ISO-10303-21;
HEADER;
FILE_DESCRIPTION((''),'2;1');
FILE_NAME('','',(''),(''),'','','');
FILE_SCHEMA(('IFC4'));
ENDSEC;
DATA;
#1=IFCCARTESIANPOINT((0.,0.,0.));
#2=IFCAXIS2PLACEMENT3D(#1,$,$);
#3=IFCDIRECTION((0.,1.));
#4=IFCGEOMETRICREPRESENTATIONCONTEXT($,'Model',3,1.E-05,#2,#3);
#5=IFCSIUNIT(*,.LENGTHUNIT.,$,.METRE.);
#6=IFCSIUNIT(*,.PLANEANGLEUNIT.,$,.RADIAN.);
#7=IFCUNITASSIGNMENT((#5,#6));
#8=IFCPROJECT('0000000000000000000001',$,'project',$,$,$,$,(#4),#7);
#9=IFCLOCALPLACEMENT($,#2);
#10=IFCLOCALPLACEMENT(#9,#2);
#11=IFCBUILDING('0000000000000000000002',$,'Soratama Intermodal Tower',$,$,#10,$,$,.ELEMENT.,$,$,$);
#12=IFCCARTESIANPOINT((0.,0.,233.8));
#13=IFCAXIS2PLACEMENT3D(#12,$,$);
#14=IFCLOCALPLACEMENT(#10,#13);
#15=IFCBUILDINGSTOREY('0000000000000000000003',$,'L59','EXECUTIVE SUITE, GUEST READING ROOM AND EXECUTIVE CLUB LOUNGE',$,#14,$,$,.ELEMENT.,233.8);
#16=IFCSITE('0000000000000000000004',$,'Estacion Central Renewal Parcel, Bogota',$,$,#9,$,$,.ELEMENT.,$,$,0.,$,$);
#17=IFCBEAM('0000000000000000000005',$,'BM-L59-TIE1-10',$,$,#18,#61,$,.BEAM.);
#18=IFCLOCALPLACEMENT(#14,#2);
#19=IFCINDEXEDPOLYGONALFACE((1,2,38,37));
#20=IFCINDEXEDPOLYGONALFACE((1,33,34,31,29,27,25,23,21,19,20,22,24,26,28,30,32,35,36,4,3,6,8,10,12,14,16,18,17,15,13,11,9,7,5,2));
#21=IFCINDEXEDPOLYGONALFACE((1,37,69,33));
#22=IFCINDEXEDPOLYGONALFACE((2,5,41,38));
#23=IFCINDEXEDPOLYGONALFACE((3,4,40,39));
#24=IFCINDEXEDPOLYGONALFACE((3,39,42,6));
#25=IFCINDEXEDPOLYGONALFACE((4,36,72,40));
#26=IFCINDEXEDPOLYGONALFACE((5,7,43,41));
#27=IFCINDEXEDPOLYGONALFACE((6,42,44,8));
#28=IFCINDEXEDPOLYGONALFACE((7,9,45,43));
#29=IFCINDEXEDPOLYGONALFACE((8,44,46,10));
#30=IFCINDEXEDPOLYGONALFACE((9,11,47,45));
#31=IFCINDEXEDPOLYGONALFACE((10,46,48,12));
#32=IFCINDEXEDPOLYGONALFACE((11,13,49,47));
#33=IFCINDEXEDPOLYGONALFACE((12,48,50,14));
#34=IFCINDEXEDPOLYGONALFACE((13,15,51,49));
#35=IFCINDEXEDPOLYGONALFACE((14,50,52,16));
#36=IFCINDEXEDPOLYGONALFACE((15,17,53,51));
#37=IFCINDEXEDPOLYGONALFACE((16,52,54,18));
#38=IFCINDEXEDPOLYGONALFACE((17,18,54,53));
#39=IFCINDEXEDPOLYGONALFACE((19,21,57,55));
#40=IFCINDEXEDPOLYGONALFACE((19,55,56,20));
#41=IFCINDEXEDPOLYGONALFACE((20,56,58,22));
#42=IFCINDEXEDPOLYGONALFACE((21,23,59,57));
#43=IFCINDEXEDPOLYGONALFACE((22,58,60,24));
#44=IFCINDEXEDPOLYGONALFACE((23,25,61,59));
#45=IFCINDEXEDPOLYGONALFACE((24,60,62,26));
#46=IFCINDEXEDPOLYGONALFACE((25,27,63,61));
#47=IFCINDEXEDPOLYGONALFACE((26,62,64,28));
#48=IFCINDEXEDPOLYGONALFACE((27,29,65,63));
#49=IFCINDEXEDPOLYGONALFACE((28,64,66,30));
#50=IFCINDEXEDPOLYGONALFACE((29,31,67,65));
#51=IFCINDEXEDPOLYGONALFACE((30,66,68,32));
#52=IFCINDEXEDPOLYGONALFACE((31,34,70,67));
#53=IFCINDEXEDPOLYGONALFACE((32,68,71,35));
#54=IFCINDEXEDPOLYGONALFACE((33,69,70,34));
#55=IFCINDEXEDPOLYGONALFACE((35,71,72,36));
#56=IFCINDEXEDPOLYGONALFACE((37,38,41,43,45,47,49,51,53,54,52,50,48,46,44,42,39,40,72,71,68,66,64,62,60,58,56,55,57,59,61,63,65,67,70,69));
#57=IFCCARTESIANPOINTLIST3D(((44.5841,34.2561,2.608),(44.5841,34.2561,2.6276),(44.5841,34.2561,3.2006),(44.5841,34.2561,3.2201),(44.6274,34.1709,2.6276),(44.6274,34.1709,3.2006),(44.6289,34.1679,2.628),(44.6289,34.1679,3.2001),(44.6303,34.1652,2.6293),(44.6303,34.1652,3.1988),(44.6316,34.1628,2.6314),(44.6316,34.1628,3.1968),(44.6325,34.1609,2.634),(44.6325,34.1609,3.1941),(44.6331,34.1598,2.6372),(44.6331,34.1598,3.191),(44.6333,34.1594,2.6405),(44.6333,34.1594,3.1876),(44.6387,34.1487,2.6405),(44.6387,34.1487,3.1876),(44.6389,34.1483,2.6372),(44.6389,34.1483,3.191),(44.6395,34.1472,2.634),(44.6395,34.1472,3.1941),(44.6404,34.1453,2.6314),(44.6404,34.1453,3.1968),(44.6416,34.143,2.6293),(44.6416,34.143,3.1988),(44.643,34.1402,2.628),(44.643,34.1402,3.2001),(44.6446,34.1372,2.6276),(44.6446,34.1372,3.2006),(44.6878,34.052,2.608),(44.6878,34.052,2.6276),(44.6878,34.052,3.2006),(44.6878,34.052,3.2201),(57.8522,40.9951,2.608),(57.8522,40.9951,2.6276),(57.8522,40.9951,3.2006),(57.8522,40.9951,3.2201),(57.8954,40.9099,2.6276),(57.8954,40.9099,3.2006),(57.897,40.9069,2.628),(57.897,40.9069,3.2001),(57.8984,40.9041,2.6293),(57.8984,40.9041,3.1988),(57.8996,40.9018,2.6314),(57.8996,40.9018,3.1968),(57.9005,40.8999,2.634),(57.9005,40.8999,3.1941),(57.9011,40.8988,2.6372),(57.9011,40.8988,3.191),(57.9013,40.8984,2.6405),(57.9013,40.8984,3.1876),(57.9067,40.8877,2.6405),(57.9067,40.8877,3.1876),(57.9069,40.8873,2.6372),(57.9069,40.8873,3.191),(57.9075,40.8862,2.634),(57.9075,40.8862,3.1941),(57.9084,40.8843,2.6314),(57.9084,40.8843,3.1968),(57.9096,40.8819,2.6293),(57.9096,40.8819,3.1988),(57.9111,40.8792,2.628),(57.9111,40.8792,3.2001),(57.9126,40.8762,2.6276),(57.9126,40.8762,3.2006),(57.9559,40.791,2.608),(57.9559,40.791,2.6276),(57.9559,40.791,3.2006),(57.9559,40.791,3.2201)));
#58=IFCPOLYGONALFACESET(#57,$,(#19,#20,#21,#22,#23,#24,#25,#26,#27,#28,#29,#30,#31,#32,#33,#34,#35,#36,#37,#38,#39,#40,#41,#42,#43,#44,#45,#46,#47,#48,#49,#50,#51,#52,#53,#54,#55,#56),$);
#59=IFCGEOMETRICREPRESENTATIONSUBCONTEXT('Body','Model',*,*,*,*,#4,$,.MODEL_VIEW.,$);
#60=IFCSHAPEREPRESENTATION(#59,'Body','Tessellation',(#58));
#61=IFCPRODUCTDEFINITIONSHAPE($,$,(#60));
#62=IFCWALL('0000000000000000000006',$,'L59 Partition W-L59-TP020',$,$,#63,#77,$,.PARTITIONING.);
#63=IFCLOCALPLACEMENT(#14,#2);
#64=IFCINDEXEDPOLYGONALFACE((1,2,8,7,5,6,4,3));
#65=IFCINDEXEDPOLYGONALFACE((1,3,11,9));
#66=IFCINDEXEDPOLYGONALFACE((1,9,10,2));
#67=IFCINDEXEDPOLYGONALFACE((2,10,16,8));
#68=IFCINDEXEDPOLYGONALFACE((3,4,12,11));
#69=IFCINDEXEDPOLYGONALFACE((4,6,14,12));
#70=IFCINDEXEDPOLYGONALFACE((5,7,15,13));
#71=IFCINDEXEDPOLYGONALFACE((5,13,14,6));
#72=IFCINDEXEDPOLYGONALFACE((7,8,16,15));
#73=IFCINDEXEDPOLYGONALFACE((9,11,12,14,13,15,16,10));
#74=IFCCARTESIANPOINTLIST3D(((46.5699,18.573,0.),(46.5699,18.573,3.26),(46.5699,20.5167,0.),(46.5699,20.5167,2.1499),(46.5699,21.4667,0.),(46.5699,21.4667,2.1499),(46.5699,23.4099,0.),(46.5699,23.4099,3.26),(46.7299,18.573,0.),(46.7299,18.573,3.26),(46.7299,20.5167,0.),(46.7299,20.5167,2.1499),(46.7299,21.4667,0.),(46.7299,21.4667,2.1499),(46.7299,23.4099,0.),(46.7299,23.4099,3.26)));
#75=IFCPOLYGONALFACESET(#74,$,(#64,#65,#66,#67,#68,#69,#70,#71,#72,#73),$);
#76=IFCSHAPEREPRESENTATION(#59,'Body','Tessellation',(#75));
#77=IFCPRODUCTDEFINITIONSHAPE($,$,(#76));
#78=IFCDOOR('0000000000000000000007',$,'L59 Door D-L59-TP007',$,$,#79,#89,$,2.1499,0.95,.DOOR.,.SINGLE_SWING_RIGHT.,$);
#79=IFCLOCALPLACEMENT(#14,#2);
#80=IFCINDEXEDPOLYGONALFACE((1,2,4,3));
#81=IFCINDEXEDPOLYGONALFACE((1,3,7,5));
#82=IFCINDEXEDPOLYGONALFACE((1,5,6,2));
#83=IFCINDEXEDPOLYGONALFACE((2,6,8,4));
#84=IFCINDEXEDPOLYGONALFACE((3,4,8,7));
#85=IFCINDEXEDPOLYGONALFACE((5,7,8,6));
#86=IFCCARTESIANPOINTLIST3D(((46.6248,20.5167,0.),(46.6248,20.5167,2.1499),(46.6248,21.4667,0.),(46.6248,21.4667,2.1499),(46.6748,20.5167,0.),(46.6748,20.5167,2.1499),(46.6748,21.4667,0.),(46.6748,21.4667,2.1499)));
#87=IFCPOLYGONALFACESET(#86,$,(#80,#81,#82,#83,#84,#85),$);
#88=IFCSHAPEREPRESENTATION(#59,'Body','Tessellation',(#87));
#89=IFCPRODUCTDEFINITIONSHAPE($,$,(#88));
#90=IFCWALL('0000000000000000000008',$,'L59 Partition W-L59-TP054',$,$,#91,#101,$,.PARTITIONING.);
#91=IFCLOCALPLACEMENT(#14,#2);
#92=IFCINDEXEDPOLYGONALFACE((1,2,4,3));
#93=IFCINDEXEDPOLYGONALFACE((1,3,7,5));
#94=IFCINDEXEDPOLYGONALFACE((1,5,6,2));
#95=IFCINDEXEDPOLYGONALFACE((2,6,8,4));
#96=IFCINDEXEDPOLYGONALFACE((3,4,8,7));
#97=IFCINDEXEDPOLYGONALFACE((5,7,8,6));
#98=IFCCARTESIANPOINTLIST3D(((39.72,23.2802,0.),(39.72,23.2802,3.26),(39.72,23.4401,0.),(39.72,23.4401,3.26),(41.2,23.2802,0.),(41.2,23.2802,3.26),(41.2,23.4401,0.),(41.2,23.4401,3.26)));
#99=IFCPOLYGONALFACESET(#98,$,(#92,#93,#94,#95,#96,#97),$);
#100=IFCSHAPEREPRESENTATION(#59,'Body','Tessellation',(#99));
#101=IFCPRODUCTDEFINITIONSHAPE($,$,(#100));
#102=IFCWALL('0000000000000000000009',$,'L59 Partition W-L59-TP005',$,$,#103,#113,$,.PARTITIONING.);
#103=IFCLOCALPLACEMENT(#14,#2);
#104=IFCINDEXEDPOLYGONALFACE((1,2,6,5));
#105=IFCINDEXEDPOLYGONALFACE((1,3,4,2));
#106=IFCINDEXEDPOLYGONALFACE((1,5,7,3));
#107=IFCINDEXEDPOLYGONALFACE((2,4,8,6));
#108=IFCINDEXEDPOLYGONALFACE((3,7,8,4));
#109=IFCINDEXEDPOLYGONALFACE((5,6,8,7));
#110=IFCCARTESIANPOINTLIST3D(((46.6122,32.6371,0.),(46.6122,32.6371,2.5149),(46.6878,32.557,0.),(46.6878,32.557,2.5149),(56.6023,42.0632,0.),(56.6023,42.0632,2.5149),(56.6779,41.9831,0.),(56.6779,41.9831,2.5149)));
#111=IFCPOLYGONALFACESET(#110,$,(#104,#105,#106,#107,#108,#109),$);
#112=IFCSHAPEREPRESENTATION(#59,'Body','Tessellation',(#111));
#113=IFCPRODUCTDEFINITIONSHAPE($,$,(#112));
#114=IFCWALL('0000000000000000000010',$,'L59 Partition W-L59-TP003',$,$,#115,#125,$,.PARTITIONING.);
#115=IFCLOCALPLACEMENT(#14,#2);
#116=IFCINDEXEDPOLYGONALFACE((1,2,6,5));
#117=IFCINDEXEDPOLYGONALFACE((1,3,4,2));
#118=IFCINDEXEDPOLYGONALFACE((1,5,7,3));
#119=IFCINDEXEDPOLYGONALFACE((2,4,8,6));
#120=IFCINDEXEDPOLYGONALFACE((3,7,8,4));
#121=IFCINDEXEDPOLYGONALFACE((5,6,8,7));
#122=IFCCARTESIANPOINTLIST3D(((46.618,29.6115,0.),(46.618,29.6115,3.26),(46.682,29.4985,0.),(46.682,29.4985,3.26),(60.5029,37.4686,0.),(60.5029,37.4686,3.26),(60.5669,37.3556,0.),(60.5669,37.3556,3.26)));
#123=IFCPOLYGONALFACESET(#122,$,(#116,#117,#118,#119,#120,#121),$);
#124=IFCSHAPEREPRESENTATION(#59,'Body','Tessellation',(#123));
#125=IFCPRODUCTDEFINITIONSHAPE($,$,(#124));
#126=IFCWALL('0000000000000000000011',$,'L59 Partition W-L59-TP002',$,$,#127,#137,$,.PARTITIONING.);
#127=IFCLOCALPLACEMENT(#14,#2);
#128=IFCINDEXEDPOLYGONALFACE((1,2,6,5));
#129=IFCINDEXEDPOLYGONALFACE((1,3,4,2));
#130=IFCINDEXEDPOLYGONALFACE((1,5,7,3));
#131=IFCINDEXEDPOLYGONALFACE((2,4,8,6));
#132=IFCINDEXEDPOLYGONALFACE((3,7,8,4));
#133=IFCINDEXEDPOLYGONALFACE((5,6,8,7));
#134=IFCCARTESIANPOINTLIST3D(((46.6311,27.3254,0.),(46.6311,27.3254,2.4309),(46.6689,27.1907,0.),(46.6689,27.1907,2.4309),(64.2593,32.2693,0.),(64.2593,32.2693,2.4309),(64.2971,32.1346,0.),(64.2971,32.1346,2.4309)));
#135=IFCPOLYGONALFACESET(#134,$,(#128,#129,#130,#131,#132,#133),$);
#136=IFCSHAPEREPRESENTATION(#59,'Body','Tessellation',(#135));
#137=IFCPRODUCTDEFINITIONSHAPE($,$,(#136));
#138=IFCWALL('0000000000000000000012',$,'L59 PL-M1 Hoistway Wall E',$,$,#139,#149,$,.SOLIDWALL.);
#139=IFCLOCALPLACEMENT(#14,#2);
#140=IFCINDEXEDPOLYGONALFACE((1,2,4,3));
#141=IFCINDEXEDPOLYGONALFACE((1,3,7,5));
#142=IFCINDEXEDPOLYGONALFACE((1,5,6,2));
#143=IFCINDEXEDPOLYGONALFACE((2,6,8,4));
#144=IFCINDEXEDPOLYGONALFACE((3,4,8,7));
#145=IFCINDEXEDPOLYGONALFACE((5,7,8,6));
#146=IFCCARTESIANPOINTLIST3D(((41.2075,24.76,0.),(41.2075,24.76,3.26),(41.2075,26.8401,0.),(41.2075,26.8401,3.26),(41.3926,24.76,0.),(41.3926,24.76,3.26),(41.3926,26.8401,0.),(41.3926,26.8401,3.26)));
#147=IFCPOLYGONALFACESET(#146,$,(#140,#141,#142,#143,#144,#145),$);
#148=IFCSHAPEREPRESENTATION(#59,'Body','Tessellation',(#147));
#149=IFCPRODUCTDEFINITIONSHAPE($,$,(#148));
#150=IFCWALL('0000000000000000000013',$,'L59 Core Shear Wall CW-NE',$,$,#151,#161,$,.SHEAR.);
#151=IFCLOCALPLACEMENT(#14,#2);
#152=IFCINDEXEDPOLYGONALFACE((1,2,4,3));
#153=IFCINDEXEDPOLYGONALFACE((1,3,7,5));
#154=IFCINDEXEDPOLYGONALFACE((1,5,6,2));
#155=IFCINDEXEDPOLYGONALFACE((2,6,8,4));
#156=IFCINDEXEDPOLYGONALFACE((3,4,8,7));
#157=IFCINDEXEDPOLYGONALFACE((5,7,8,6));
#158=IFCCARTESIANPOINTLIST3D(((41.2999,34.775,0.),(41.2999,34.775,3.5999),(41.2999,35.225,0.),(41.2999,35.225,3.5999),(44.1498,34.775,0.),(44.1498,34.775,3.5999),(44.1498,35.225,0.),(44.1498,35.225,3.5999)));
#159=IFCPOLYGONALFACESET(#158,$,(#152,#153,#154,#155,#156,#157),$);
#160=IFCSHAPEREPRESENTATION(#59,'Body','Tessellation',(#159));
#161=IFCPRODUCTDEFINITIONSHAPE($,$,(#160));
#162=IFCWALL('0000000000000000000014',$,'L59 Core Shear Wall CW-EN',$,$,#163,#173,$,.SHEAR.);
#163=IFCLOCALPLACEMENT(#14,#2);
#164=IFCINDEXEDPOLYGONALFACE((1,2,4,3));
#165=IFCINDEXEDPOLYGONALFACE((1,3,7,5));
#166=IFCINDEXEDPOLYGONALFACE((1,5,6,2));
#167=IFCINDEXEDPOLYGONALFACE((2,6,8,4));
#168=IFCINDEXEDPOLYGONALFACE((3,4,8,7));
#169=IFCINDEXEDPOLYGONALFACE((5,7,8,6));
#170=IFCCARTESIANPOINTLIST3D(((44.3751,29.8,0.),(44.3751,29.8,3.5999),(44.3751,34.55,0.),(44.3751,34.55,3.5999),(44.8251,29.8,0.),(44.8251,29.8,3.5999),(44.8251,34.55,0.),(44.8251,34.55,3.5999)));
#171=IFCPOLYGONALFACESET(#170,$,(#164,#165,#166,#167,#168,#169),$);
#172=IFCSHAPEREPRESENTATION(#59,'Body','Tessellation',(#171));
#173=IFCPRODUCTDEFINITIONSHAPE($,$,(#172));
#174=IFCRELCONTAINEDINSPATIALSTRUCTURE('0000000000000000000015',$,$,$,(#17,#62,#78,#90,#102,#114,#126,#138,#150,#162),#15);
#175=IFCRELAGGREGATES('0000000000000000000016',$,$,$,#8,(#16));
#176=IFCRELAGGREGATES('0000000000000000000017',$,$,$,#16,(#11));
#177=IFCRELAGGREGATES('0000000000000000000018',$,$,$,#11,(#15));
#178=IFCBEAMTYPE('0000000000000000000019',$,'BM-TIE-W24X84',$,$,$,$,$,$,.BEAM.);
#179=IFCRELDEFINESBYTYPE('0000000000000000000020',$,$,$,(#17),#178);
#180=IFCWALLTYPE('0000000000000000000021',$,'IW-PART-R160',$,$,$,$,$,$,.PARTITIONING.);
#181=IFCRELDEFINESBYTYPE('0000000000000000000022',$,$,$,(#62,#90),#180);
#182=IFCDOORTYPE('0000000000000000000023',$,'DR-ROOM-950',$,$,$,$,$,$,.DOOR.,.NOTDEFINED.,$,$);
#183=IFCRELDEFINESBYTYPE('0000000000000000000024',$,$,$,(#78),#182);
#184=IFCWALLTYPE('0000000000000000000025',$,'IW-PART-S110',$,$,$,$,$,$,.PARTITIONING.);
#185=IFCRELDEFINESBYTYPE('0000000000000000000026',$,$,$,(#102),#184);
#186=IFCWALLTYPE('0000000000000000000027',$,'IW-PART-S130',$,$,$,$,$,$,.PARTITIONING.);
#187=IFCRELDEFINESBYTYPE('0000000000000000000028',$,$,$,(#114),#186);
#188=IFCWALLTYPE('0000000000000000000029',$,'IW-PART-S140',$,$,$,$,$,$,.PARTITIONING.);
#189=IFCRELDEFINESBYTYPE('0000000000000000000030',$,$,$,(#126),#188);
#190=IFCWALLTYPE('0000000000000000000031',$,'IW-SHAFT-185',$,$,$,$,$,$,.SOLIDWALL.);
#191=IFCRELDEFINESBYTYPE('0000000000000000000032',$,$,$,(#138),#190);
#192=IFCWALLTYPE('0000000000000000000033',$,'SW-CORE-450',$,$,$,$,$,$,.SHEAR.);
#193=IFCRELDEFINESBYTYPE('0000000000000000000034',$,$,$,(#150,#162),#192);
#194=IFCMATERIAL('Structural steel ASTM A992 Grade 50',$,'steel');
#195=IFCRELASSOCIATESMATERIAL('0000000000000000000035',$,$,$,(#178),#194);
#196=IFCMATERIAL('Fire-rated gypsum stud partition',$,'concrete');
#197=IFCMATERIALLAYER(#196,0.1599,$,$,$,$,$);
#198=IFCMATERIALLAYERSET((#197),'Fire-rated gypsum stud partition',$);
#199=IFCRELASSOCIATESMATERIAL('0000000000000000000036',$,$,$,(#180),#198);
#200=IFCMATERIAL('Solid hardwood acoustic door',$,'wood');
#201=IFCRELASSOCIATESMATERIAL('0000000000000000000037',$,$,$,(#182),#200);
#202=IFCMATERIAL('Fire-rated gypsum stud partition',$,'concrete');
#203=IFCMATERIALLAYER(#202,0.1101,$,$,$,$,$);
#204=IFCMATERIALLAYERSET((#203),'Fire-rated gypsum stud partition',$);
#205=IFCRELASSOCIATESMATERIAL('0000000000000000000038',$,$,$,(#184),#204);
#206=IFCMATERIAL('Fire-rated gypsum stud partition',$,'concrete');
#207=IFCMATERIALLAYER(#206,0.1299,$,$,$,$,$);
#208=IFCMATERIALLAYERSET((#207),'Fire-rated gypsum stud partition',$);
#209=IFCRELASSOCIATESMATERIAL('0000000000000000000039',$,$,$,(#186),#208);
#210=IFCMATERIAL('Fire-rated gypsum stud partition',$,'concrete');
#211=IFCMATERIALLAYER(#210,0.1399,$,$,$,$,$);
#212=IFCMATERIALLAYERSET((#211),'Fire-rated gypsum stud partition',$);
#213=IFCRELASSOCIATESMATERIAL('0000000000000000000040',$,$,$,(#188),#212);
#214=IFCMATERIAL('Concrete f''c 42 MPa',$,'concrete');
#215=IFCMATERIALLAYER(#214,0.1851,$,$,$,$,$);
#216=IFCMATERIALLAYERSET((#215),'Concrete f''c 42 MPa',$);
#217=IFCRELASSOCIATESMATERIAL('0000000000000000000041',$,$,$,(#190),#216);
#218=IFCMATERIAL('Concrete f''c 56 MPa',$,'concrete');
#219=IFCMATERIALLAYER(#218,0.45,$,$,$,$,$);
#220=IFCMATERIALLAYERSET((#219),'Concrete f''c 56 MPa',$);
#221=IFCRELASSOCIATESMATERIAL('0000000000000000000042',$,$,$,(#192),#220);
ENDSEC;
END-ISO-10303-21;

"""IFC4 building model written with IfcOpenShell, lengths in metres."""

from ifc_helpers import new_model, si_unit, direction, frame, frame_2d, origin, origin_2d, place, context, subcontext, project, spatial, rectangle, i_section, extrude, material, layer, layer_set, material_profile, profile_set, type_object, element, fill, save


model = new_model("IFC4")

# Units and contexts
model_context = context("Model", 3, precision=1e-05, world=origin(), true_north=direction((0.0, 1.0)))
body_context = subcontext(model_context, "Body", "Model", "MODEL_VIEW")
ifc_project = project(units=[si_unit("LENGTHUNIT", "METRE"), si_unit("PLANEANGLEUNIT", "RADIAN")], contexts=[model_context])

# Site, building, storey
site_placement = place(None, origin())
site = spatial("IfcSite", under=ifc_project, at=site_placement, Name="Estacion Central Renewal Parcel, Bogota", CompositionType="ELEMENT", RefElevation=0.0)
building_placement = place(site_placement, origin())
building = spatial("IfcBuilding", under=site, at=building_placement, Name="Soratama Intermodal Tower", CompositionType="ELEMENT")
storey_placement = place(building_placement, frame((0.0, 0.0, 233.8)))
storey = spatial("IfcBuildingStorey", under=building, at=storey_placement, Name="L59", Description="EXECUTIVE SUITE, GUEST READING ROOM AND EXECUTIVE CLUB LOUNGE", CompositionType="ELEMENT", Elevation=233.8)

# Beam
ifc_material_1 = material(Name="Structural steel ASTM A992 Grade 50", Category="steel")
ifc_material_profile_1 = material_profile(ifc_material_1, i_section(OverallWidth=0.229, OverallDepth=0.6121, WebThickness=0.012, FlangeThickness=0.0195, FilletRadius=0.0129, at=origin_2d()), Name="W24X84")
ifc_profile_set_1 = profile_set([ifc_material_profile_1], Name="Structural steel ASTM A992 Grade 50")
beam_type_1 = type_object("IfcBeamType", Name="BM-TIE-W24X84", PredefinedType="BEAM", material=ifc_profile_set_1)
beam_1_placement = place(storey_placement, frame((44.636, 34.1541, 2.9141), z_axis=(0.891588, 0.452848, 0.0), x_axis=(-0.452848, 0.891588, 0.0)))
element("IfcBeam", 1, at=beam_1_placement, inside=storey, type_object=beam_type_1, Name="BM-L59-TIE1-10", PredefinedType="BEAM", context=body_context, shape_type="SweptSolid", body=[
    extrude(i_section(OverallWidth=0.229, OverallDepth=0.6121, WebThickness=0.012, FlangeThickness=0.0195, FilletRadius=0.0129, at=origin_2d()), origin(), (0.0, 0.0, 1.0), 14.8813),
])

# Wall, opening, door
ifc_material_2 = material(Name="Fire-rated gypsum stud partition", Category="concrete")
ifc_layer_1 = layer(ifc_material_2, 0.1599)
ifc_layer_set_1 = layer_set([ifc_layer_1], Name="Fire-rated gypsum stud partition")
wall_type_1 = type_object("IfcWallType", Name="IW-PART-R160", PredefinedType="PARTITIONING", material=ifc_layer_set_1)
wall_1_placement = place(storey_placement, frame((46.6499, 23.4099, 0.0), z_axis=(0.0, 0.0, 1.0), x_axis=(0.0, -1.0, 0.0)))
wall_1 = element("IfcWall", 2, at=wall_1_placement, inside=storey, type_object=wall_type_1, Name="L59 Partition W-L59-TP020", PredefinedType="PARTITIONING", context=body_context, shape_type="SweptSolid", body=[
    extrude(rectangle(XDim=4.8369, YDim=0.1599, at=frame_2d((2.4185, 0.0))), origin(), (0.0, 0.0, 1.0), 3.26),
])
opening_1_placement = place(wall_1_placement, frame((1.9431, 0.0, 0.0)))
opening_1 = element("IfcOpeningElement", 3, at=opening_1_placement, cuts=wall_1, PredefinedType="OPENING", context=body_context, shape_type="SweptSolid", body=[
    extrude(rectangle(XDim=0.95, YDim=2.1499, at=frame_2d((0.4751, 1.075))), frame((0.0, 0.0898, 0.0), z_axis=(0.0, -1.0, 0.0), x_axis=(1.0, 0.0, 0.0)), (0.0, 0.0, 1.0), 0.1799),
])
ifc_material_3 = material(Name="Solid hardwood acoustic door", Category="wood")
door_type_1 = type_object("IfcDoorType", Name="DR-ROOM-950", OperationType="NOTDEFINED", PredefinedType="DOOR", material=ifc_material_3)
door_1_placement = place(opening_1_placement, origin())
door_1 = element("IfcDoor", 4, at=door_1_placement, inside=storey, type_object=door_type_1, Name="L59 Door D-L59-TP007", OperationType="SINGLE_SWING_RIGHT", OverallHeight=2.1499, OverallWidth=0.95, PredefinedType="DOOR", context=body_context, shape_type="SweptSolid", body=[
    extrude(rectangle(XDim=0.95, YDim=2.1499, at=frame_2d((0.4751, 1.075))), frame((0.0, 0.0249, 0.0), z_axis=(0.0, -1.0, 0.0), x_axis=(1.0, 0.0, 0.0)), (0.0, 0.0, 1.0), 0.05),
])
fill(opening_1, door_1)

# Walls
wall_2_placement = place(storey_placement, frame((41.2, 23.3601, 0.0), z_axis=(0.0, 0.0, 1.0), x_axis=(-1.0, 0.0, 0.0)))
element("IfcWall", 5, at=wall_2_placement, inside=storey, type_object=wall_type_1, Name="L59 Partition W-L59-TP054", PredefinedType="PARTITIONING", context=body_context, shape_type="SweptSolid", body=[
    extrude(rectangle(XDim=1.48, YDim=0.1599, at=frame_2d((0.74, 0.0))), origin(), (0.0, 0.0, 1.0), 3.26),
])
ifc_material_4 = material(Name="Fire-rated gypsum stud partition", Category="concrete")
ifc_layer_2 = layer(ifc_material_4, 0.1101)
ifc_layer_set_2 = layer_set([ifc_layer_2], Name="Fire-rated gypsum stud partition")
wall_type_2 = type_object("IfcWallType", Name="IW-PART-S110", PredefinedType="PARTITIONING", material=ifc_layer_set_2)
wall_3_placement = place(storey_placement, frame((46.6499, 32.5969, 0.0), z_axis=(0.0, 0.0, 1.0), x_axis=(0.727339, 0.686278, 0.0)))
element("IfcWall", 6, at=wall_3_placement, inside=storey, type_object=wall_type_2, Name="L59 Partition W-L59-TP005", PredefinedType="PARTITIONING", context=body_context, shape_type="SweptSolid", body=[
    extrude(rectangle(XDim=13.7351, YDim=0.1101, at=frame_2d((6.8677, 0.0))), origin(), (0.0, 0.0, 1.0), 2.5149),
])
ifc_material_5 = material(Name="Fire-rated gypsum stud partition", Category="concrete")
ifc_layer_3 = layer(ifc_material_5, 0.1299)
ifc_layer_set_3 = layer_set([ifc_layer_3], Name="Fire-rated gypsum stud partition")
wall_type_3 = type_object("IfcWallType", Name="IW-PART-S130", PredefinedType="PARTITIONING", material=ifc_layer_set_3)
wall_4_placement = place(storey_placement, frame((46.6499, 29.5549, 0.0), z_axis=(0.0, 0.0, 1.0), x_axis=(0.870318, 0.492491, 0.0)))
element("IfcWall", 7, at=wall_4_placement, inside=storey, type_object=wall_type_3, Name="L59 Partition W-L59-TP003", PredefinedType="PARTITIONING", context=body_context, shape_type="SweptSolid", body=[
    extrude(rectangle(XDim=15.9539, YDim=0.1299, at=frame_2d((7.9771, 0.0))), origin(), (0.0, 0.0, 1.0), 3.26),
])
ifc_material_6 = material(Name="Fire-rated gypsum stud partition", Category="concrete")
ifc_layer_4 = layer(ifc_material_6, 0.1399)
ifc_layer_set_4 = layer_set([ifc_layer_4], Name="Fire-rated gypsum stud partition")
wall_type_4 = type_object("IfcWallType", Name="IW-PART-S140", PredefinedType="PARTITIONING", material=ifc_layer_set_4)
wall_5_placement = place(storey_placement, frame((46.6499, 27.2581, 0.0), z_axis=(0.0, 0.0, 1.0), x_axis=(0.962851, 0.270033, 0.0)))
element("IfcWall", 8, at=wall_5_placement, inside=storey, type_object=wall_type_4, Name="L59 Partition W-L59-TP002", PredefinedType="PARTITIONING", context=body_context, shape_type="SweptSolid", body=[
    extrude(rectangle(XDim=18.3083, YDim=0.1399, at=frame_2d((9.1543, 0.0))), origin(), (0.0, 0.0, 1.0), 2.4309),
])
ifc_material_7 = material(Name="Concrete f'c 42 MPa", Category="concrete")
ifc_layer_5 = layer(ifc_material_7, 0.1851)
ifc_layer_set_5 = layer_set([ifc_layer_5], Name="Concrete f'c 42 MPa")
wall_type_5 = type_object("IfcWallType", Name="IW-SHAFT-185", PredefinedType="SOLIDWALL", material=ifc_layer_set_5)
wall_6_placement = place(storey_placement, frame((41.3, 24.76, 0.0), z_axis=(0.0, 0.0, 1.0), x_axis=(0.0, 1.0, 0.0)))
element("IfcWall", 9, at=wall_6_placement, inside=storey, type_object=wall_type_5, Name="L59 PL-M1 Hoistway Wall E", PredefinedType="SOLIDWALL", context=body_context, shape_type="SweptSolid", body=[
    extrude(rectangle(XDim=2.0801, YDim=0.1851, at=frame_2d((1.04, 0.0))), origin(), (0.0, 0.0, 1.0), 3.26),
])
ifc_material_8 = material(Name="Concrete f'c 56 MPa", Category="concrete")
ifc_layer_6 = layer(ifc_material_8, 0.45)
ifc_layer_set_6 = layer_set([ifc_layer_6], Name="Concrete f'c 56 MPa")
wall_type_6 = type_object("IfcWallType", Name="SW-CORE-450", PredefinedType="SHEAR", material=ifc_layer_set_6)
wall_7_placement = place(storey_placement, frame((41.3, 35.0, 0.0), z_axis=(0.0, 0.0, 1.0), x_axis=(1.0, 0.0, 0.0)))
element("IfcWall", 10, at=wall_7_placement, inside=storey, type_object=wall_type_6, Name="L59 Core Shear Wall CW-NE", PredefinedType="SHEAR", context=body_context, shape_type="SweptSolid", body=[
    extrude(rectangle(XDim=2.8499, YDim=0.45, at=frame_2d((1.4248, 0.0))), origin(), (0.0, 0.0, 1.0), 3.5999),
])
wall_8_placement = place(storey_placement, frame((44.6001, 29.8, 0.0), z_axis=(0.0, 0.0, 1.0), x_axis=(0.0, 1.0, 0.0)))
element("IfcWall", 11, at=wall_8_placement, inside=storey, type_object=wall_type_6, Name="L59 Core Shear Wall CW-EN", PredefinedType="SHEAR", context=body_context, shape_type="SweptSolid", body=[
    extrude(rectangle(XDim=4.75, YDim=0.45, at=frame_2d((2.375, 0.0))), origin(), (0.0, 0.0, 1.0), 3.5999),
])

save(model, "model.ifc")
